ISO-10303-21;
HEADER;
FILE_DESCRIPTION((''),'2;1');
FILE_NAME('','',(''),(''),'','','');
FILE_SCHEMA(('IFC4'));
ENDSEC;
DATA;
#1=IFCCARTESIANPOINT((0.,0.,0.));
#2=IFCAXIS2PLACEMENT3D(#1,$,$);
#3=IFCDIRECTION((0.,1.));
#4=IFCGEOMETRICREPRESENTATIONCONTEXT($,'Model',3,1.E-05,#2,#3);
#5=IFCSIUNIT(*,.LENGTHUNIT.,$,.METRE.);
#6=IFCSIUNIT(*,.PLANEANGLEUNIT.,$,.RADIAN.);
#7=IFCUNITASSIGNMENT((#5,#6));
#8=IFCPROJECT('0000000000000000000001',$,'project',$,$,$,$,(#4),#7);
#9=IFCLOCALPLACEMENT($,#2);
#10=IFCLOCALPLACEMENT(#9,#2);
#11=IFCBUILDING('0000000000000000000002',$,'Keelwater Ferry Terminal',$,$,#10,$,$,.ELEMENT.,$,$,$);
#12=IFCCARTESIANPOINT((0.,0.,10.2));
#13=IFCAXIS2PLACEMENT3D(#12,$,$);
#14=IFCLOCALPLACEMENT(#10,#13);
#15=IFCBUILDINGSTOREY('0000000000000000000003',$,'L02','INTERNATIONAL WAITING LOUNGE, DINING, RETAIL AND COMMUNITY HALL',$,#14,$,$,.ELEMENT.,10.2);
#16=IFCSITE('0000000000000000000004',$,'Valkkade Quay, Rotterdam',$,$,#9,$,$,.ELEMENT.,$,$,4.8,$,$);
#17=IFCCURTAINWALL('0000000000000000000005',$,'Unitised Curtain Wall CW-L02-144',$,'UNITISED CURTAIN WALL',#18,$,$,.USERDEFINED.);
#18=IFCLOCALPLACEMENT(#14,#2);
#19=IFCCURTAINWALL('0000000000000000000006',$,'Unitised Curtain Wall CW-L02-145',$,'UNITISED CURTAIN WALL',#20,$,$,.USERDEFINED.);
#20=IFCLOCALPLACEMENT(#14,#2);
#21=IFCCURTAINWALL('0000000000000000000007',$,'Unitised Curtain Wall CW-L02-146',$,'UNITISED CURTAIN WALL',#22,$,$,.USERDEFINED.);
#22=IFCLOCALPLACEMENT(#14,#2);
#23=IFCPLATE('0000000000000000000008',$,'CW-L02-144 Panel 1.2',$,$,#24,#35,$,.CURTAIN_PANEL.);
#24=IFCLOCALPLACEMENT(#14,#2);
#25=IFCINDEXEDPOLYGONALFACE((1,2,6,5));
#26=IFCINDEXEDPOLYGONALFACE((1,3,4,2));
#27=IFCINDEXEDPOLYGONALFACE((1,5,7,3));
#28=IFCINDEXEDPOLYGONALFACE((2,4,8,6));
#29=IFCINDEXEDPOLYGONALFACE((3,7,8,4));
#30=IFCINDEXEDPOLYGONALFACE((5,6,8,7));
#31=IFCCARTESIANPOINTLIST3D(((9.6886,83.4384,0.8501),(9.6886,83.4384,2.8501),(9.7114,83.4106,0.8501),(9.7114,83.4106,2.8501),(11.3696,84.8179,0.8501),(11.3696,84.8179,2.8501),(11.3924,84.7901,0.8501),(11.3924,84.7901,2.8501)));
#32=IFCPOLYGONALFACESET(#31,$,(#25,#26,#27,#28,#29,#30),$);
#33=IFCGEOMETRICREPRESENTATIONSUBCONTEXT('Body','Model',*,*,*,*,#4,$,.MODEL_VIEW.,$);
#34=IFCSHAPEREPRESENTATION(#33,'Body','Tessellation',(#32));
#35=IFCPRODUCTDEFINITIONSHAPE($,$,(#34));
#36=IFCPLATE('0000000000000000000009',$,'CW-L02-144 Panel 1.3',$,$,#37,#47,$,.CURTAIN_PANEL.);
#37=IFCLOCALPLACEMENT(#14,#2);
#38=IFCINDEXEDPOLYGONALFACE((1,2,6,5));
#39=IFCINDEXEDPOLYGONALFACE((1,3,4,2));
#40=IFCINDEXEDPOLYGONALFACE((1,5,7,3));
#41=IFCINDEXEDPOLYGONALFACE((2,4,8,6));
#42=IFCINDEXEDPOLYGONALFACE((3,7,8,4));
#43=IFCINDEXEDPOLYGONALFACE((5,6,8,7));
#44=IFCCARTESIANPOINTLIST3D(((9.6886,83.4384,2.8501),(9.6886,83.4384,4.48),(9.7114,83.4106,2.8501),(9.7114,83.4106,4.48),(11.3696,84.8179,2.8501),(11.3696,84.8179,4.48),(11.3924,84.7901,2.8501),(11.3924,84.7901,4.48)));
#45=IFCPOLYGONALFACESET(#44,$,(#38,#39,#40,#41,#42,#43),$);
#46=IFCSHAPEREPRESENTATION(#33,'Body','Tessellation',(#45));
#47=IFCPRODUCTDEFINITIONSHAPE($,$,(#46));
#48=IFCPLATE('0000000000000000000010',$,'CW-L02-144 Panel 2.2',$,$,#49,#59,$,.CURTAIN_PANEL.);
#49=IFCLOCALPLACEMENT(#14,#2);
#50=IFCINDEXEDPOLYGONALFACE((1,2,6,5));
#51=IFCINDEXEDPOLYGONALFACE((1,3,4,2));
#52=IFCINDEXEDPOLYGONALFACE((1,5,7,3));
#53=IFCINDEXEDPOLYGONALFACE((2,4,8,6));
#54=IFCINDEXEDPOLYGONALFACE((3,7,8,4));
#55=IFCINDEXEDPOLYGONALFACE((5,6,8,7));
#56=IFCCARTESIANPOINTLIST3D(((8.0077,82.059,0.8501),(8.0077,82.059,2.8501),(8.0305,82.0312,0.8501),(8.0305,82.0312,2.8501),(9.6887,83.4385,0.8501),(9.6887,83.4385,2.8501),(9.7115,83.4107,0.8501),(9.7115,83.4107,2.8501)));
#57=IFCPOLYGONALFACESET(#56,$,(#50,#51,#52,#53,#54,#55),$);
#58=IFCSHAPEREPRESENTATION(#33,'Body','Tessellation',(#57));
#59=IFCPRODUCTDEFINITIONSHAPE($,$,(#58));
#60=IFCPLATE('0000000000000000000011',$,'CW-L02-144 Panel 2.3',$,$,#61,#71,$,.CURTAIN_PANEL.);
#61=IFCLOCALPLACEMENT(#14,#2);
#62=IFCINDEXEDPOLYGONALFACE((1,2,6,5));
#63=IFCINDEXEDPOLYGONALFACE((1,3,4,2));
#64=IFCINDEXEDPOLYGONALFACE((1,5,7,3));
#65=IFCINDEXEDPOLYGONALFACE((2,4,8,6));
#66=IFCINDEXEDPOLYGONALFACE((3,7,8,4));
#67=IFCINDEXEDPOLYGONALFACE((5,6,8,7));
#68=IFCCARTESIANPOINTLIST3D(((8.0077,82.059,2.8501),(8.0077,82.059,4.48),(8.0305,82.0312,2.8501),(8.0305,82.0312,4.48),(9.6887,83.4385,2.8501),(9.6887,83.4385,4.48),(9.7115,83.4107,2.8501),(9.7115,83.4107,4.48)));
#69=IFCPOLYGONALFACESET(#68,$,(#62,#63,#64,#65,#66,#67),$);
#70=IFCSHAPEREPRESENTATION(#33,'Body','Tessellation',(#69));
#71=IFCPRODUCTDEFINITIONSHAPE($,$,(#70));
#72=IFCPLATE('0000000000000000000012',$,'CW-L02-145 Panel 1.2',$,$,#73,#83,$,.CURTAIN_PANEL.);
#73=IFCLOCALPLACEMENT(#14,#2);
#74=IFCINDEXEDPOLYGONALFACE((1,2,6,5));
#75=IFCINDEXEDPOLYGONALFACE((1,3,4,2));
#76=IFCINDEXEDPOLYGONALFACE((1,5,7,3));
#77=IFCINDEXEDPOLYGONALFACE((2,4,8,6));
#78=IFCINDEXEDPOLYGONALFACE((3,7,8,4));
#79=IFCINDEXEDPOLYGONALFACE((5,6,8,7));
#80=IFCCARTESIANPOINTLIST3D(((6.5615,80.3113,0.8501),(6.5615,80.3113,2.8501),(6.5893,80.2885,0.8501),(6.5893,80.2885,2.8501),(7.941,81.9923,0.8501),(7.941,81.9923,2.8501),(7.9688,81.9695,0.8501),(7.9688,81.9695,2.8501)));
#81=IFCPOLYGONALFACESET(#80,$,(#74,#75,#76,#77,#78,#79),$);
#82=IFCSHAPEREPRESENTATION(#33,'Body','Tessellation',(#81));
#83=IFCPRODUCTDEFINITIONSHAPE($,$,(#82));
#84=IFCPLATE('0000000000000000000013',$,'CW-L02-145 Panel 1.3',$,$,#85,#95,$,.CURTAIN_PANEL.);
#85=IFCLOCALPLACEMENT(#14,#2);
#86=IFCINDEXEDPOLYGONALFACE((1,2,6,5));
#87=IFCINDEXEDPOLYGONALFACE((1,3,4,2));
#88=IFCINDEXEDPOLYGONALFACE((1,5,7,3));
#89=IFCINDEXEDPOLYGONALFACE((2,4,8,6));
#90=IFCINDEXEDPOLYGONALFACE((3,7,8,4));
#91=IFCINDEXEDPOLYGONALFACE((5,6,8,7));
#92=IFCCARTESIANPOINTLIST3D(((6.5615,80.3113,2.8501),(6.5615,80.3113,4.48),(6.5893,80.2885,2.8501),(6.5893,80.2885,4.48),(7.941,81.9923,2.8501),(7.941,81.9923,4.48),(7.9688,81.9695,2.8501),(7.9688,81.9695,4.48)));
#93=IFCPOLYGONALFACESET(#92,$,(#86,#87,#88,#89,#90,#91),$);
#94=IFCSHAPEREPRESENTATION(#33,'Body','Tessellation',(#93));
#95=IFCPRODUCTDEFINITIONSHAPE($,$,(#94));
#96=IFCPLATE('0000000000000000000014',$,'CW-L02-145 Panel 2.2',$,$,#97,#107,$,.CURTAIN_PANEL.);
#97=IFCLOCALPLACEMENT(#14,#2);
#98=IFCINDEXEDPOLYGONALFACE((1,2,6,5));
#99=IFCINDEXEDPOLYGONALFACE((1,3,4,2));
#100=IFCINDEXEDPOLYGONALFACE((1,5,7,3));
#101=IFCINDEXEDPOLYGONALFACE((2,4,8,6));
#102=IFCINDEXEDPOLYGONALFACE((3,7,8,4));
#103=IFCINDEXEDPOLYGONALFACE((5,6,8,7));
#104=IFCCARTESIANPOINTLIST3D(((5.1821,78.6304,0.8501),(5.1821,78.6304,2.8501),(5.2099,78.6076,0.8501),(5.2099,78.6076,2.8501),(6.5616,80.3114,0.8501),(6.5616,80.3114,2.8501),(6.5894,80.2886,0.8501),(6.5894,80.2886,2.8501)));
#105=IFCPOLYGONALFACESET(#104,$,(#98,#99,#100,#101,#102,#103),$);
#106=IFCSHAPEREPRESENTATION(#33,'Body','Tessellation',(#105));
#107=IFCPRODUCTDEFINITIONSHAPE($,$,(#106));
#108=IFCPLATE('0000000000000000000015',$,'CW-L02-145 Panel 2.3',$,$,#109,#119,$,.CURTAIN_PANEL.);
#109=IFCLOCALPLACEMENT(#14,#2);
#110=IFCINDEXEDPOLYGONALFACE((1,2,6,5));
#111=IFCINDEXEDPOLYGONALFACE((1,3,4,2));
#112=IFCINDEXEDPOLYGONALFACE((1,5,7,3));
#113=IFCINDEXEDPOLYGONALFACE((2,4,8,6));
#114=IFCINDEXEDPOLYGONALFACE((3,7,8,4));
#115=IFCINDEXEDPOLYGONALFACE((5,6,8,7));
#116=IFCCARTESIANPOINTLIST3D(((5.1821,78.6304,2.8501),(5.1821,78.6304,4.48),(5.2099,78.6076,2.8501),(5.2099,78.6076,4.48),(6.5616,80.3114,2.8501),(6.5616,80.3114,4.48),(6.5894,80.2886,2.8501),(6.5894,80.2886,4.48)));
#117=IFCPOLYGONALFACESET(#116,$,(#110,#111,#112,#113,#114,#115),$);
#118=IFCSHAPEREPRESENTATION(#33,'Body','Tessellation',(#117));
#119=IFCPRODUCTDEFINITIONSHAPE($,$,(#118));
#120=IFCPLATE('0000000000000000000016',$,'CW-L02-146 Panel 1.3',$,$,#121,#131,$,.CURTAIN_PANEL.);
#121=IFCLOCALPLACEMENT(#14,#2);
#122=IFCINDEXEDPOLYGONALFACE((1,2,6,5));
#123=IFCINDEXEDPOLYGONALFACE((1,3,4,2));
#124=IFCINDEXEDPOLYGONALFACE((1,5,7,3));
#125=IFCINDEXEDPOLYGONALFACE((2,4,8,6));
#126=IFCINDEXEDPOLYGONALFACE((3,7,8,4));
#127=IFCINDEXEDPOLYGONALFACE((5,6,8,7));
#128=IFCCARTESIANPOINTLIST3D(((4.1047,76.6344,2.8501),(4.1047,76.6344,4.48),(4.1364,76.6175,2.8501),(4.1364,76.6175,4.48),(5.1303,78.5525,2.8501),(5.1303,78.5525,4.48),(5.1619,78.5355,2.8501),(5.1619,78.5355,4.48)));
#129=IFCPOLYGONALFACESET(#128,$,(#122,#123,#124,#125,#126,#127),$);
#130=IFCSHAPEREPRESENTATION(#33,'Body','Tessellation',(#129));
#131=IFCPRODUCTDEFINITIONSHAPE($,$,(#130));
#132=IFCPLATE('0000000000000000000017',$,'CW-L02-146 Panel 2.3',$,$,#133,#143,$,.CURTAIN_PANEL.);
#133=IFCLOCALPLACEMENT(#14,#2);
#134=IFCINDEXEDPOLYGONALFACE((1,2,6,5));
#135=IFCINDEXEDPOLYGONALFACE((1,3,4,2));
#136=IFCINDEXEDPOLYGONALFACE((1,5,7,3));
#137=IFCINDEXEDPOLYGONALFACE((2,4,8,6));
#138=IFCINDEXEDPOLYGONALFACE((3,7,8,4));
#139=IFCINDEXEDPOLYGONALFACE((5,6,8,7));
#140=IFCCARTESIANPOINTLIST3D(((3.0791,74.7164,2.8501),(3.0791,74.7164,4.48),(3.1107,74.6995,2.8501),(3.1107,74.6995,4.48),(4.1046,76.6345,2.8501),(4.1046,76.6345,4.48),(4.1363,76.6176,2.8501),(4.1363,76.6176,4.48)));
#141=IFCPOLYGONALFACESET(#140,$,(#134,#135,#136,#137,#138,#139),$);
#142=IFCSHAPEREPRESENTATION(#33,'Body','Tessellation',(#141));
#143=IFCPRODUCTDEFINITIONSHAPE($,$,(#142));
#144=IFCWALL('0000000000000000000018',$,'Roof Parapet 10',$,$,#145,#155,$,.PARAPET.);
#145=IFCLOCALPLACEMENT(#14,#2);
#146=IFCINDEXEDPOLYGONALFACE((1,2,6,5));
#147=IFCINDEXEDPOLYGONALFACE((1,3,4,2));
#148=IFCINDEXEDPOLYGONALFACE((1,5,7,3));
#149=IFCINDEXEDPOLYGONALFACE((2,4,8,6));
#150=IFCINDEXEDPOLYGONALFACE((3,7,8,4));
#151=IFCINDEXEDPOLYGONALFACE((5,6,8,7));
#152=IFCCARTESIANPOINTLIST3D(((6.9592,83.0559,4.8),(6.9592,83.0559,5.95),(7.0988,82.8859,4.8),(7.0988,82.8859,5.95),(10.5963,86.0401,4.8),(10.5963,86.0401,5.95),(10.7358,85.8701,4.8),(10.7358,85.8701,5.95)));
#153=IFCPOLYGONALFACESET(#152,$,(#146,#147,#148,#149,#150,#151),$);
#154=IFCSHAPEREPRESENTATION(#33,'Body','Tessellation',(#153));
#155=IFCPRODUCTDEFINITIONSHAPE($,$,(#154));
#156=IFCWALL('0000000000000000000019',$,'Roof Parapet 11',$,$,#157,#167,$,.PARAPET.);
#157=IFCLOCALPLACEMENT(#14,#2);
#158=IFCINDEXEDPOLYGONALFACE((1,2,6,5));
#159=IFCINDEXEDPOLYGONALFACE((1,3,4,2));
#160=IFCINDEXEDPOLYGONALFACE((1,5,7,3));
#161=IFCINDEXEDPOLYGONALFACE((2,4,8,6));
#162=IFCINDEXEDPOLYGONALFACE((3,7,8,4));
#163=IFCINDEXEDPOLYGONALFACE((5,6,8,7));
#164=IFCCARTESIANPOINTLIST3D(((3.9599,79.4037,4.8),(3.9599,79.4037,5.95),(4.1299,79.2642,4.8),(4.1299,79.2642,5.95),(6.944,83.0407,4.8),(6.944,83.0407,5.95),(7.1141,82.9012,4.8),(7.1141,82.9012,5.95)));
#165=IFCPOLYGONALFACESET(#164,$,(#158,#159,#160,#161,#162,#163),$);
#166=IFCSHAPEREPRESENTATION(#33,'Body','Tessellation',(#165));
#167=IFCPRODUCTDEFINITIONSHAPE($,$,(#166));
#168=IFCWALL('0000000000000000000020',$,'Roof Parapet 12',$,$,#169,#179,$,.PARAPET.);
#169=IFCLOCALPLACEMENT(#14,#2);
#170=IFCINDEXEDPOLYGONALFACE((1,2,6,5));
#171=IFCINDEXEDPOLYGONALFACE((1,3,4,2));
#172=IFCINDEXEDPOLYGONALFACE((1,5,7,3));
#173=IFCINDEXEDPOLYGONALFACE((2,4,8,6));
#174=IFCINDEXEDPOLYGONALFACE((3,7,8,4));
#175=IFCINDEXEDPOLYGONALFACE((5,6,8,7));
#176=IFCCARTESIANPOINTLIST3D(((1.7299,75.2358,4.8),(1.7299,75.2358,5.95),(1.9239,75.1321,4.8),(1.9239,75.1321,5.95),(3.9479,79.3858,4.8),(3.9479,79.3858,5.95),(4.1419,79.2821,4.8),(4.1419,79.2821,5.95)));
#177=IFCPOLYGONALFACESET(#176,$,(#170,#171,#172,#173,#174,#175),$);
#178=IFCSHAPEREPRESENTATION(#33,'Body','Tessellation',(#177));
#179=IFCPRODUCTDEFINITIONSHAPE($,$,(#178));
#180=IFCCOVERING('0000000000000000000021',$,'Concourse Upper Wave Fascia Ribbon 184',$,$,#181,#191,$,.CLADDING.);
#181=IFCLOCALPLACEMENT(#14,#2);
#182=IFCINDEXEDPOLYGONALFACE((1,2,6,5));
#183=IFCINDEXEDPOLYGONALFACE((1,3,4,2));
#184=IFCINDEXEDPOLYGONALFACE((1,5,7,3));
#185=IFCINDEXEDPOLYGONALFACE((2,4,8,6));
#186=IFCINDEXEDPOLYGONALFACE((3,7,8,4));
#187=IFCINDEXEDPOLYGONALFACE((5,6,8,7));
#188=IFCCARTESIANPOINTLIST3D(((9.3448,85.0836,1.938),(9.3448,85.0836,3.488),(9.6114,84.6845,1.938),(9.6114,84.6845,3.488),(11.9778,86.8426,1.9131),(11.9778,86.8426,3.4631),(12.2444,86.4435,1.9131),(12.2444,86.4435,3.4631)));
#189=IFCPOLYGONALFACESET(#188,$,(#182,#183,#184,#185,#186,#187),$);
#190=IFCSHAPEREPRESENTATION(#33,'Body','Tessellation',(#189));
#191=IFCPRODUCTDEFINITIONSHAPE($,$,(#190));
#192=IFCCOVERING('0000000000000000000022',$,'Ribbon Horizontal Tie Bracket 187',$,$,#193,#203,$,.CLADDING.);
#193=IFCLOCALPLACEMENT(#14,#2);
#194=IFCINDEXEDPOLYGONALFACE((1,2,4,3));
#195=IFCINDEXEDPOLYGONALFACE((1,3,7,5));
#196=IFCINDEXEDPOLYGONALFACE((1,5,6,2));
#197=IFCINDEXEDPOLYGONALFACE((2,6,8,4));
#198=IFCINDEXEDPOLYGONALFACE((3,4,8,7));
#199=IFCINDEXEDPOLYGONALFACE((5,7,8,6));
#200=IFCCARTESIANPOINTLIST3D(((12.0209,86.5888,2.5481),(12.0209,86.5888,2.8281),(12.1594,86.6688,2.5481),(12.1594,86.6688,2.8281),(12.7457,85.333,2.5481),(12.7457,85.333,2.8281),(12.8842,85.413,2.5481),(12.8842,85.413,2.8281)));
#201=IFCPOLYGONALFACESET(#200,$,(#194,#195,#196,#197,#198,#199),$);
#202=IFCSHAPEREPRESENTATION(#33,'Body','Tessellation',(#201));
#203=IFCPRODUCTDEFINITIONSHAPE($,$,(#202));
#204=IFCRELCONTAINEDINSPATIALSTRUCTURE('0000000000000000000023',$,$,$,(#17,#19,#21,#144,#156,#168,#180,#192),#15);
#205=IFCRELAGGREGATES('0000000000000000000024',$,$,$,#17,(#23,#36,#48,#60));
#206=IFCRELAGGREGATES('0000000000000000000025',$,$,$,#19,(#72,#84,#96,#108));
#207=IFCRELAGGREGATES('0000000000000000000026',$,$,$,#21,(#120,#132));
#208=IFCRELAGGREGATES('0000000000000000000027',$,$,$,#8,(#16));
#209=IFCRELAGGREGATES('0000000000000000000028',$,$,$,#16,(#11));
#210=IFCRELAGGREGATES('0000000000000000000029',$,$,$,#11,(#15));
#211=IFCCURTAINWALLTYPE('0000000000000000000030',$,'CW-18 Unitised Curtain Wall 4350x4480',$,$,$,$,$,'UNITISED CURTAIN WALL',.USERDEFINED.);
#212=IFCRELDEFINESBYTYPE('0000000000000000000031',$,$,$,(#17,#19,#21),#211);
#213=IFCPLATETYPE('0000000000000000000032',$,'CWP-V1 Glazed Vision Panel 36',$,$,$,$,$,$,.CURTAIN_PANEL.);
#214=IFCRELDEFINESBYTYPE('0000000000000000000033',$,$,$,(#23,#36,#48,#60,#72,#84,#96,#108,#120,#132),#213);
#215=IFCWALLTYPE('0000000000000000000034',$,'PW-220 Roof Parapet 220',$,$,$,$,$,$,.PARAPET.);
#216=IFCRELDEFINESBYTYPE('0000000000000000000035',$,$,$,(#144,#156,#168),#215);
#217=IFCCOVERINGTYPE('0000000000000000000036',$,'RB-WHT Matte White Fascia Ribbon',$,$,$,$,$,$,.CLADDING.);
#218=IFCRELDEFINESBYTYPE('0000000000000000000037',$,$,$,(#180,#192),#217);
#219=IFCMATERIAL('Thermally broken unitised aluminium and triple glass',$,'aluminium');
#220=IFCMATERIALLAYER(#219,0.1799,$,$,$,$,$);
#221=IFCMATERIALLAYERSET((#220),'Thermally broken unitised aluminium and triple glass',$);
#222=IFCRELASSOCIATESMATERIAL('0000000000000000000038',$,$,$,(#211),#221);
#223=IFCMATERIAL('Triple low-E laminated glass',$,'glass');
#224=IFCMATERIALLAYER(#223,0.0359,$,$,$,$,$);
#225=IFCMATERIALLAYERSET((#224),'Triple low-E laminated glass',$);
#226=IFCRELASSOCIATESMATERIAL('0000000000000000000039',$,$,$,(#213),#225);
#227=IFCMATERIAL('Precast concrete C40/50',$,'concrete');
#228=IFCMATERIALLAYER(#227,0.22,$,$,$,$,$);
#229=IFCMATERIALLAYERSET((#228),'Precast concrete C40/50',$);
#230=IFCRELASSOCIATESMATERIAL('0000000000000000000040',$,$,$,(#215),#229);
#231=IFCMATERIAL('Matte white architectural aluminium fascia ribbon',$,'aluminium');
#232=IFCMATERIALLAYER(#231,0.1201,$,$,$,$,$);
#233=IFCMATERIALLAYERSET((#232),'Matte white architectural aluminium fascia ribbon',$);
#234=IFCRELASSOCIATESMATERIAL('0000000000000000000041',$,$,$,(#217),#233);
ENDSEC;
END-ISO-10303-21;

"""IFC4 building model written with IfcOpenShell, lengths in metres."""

from ifc_helpers import new_model, si_unit, direction, frame, frame_2d, origin, origin_2d, place, context, subcontext, project, spatial, polyline, rectangle, outline, extrude, material, layer, layer_set, type_object, element, aggregate, save


model = new_model("IFC4")

# Units and contexts
model_context = context("Model", 3, precision=1e-05, world=origin(), true_north=direction((0.0, 1.0)))
body_context = subcontext(model_context, "Body", "Model", "MODEL_VIEW")
ifc_project = project(units=[si_unit("LENGTHUNIT", "METRE"), si_unit("PLANEANGLEUNIT", "RADIAN")], contexts=[model_context])

# Site, building, storey
site_placement = place(None, origin())
site = spatial("IfcSite", under=ifc_project, at=site_placement, Name="Valkkade Quay, Rotterdam", CompositionType="ELEMENT", RefElevation=4.8)
building_placement = place(site_placement, origin())
building = spatial("IfcBuilding", under=site, at=building_placement, Name="Keelwater Ferry Terminal", CompositionType="ELEMENT")
storey_placement = place(building_placement, frame((0.0, 0.0, 10.2)))
storey = spatial("IfcBuildingStorey", under=building, at=storey_placement, Name="L02", Description="INTERNATIONAL WAITING LOUNGE, DINING, RETAIL AND COMMUNITY HALL", CompositionType="ELEMENT", Elevation=10.2)

# Curtain walls
ifc_material_1 = material(Name="Thermally broken unitised aluminium and triple glass", Category="aluminium")
ifc_layer_1 = layer(ifc_material_1, 0.1799)
ifc_layer_set_1 = layer_set([ifc_layer_1], Name="Thermally broken unitised aluminium and triple glass")
curtain_wall_type = type_object("IfcCurtainWallType", Name="CW-18 Unitised Curtain Wall 4350x4480", ElementType="UNITISED CURTAIN WALL", PredefinedType="USERDEFINED", material=ifc_layer_set_1)
curtain_wall_1_placement = place(storey_placement, origin())
curtain_wall_1 = element("IfcCurtainWall", 1, at=curtain_wall_1_placement, inside=storey, type_object=curtain_wall_type, Name="Unitised Curtain Wall CW-L02-144", ObjectType="UNITISED CURTAIN WALL", PredefinedType="USERDEFINED")
curtain_wall_2_placement = place(storey_placement, origin())
curtain_wall_2 = element("IfcCurtainWall", 2, at=curtain_wall_2_placement, inside=storey, type_object=curtain_wall_type, Name="Unitised Curtain Wall CW-L02-145", ObjectType="UNITISED CURTAIN WALL", PredefinedType="USERDEFINED")
curtain_wall_3_placement = place(storey_placement, origin())
curtain_wall_3 = element("IfcCurtainWall", 3, at=curtain_wall_3_placement, inside=storey, type_object=curtain_wall_type, Name="Unitised Curtain Wall CW-L02-146", ObjectType="UNITISED CURTAIN WALL", PredefinedType="USERDEFINED")

# Shared definitions
ifc_material_2 = material(Name="Triple low-E laminated glass", Category="glass")
ifc_layer_2 = layer(ifc_material_2, 0.0359)
ifc_layer_set_2 = layer_set([ifc_layer_2], Name="Triple low-E laminated glass")
plate_type = type_object("IfcPlateType", Name="CWP-V1 Glazed Vision Panel 36", PredefinedType="CURTAIN_PANEL", material=ifc_layer_set_2)

# Plates
plate_1_placement = place(storey_placement, frame((10.5405, 84.1143, 0.8501), z_axis=(0.0, 0.0, 1.0), x_axis=(-0.773024, -0.634377, 0.0)))
plate_1 = element("IfcPlate", 4, at=plate_1_placement, type_object=plate_type, Name="CW-L02-144 Panel 1.2", PredefinedType="CURTAIN_PANEL", context=body_context, shape_type="SweptSolid", body=[
    extrude(rectangle(XDim=2.1746, YDim=0.0359, at=origin_2d()), origin(), (0.0, 0.0, 1.0), 2.0),
])
plate_2_placement = place(storey_placement, frame((10.5405, 84.1143, 2.8501), z_axis=(0.0, 0.0, 1.0), x_axis=(-0.773024, -0.634377, 0.0)))
plate_2 = element("IfcPlate", 5, at=plate_2_placement, type_object=plate_type, Name="CW-L02-144 Panel 1.3", PredefinedType="CURTAIN_PANEL", context=body_context, shape_type="SweptSolid", body=[
    extrude(rectangle(XDim=2.1746, YDim=0.0359, at=origin_2d()), origin(), (0.0, 0.0, 1.0), 1.6299),
])
plate_3_placement = place(storey_placement, frame((8.8596, 82.7349, 0.8501), z_axis=(0.0, 0.0, 1.0), x_axis=(-0.773024, -0.634377, 0.0)))
plate_3 = element("IfcPlate", 6, at=plate_3_placement, type_object=plate_type, Name="CW-L02-144 Panel 2.2", PredefinedType="CURTAIN_PANEL", context=body_context, shape_type="SweptSolid", body=[
    extrude(rectangle(XDim=2.1746, YDim=0.0359, at=origin_2d()), origin(), (0.0, 0.0, 1.0), 2.0),
])
plate_4_placement = place(storey_placement, frame((8.8596, 82.7349, 2.8501), z_axis=(0.0, 0.0, 1.0), x_axis=(-0.773024, -0.634377, 0.0)))
plate_4 = element("IfcPlate", 7, at=plate_4_placement, type_object=plate_type, Name="CW-L02-144 Panel 2.3", PredefinedType="CURTAIN_PANEL", context=body_context, shape_type="SweptSolid", body=[
    extrude(rectangle(XDim=2.1746, YDim=0.0359, at=origin_2d()), origin(), (0.0, 0.0, 1.0), 1.6299),
])
aggregate(curtain_wall_1, [plate_1, plate_2, plate_3, plate_4])
plate_5_placement = place(storey_placement, frame((7.2651, 81.1404, 0.8501), z_axis=(0.0, 0.0, 1.0), x_axis=(-0.634377, -0.773024, 0.0)))
plate_5 = element("IfcPlate", 8, at=plate_5_placement, type_object=plate_type, Name="CW-L02-145 Panel 1.2", PredefinedType="CURTAIN_PANEL", context=body_context, shape_type="SweptSolid", body=[
    extrude(rectangle(XDim=2.1746, YDim=0.0359, at=origin_2d()), origin(), (0.0, 0.0, 1.0), 2.0),
])
plate_6_placement = place(storey_placement, frame((7.2651, 81.1404, 2.8501), z_axis=(0.0, 0.0, 1.0), x_axis=(-0.634377, -0.773024, 0.0)))
plate_6 = element("IfcPlate", 9, at=plate_6_placement, type_object=plate_type, Name="CW-L02-145 Panel 1.3", PredefinedType="CURTAIN_PANEL", context=body_context, shape_type="SweptSolid", body=[
    extrude(rectangle(XDim=2.1746, YDim=0.0359, at=origin_2d()), origin(), (0.0, 0.0, 1.0), 1.6299),
])
plate_7_placement = place(storey_placement, frame((5.8857, 79.4595, 0.8501), z_axis=(0.0, 0.0, 1.0), x_axis=(-0.634377, -0.773024, 0.0)))
plate_7 = element("IfcPlate", 10, at=plate_7_placement, type_object=plate_type, Name="CW-L02-145 Panel 2.2", PredefinedType="CURTAIN_PANEL", context=body_context, shape_type="SweptSolid", body=[
    extrude(rectangle(XDim=2.1746, YDim=0.0359, at=origin_2d()), origin(), (0.0, 0.0, 1.0), 2.0),
])
plate_8_placement = place(storey_placement, frame((5.8857, 79.4595, 2.8501), z_axis=(0.0, 0.0, 1.0), x_axis=(-0.634377, -0.773024, 0.0)))
plate_8 = element("IfcPlate", 11, at=plate_8_placement, type_object=plate_type, Name="CW-L02-145 Panel 2.3", PredefinedType="CURTAIN_PANEL", context=body_context, shape_type="SweptSolid", body=[
    extrude(rectangle(XDim=2.1746, YDim=0.0359, at=origin_2d()), origin(), (0.0, 0.0, 1.0), 1.6299),
])
aggregate(curtain_wall_2, [plate_5, plate_6, plate_7, plate_8])
plate_9_placement = place(storey_placement, frame((4.6333, 77.585, 2.8501), z_axis=(0.0, 0.0, 1.0), x_axis=(-0.471507, -0.881862, 0.0)))
plate_9 = element("IfcPlate", 12, at=plate_9_placement, type_object=plate_type, Name="CW-L02-146 Panel 1.3", PredefinedType="CURTAIN_PANEL", context=body_context, shape_type="SweptSolid", body=[
    extrude(rectangle(XDim=2.175, YDim=0.0359, at=origin_2d()), origin(), (0.0, 0.0, 1.0), 1.6299),
])
plate_10_placement = place(storey_placement, frame((3.6077, 75.667, 2.8501), z_axis=(0.0, 0.0, 1.0), x_axis=(-0.471507, -0.881862, 0.0)))
plate_10 = element("IfcPlate", 13, at=plate_10_placement, type_object=plate_type, Name="CW-L02-146 Panel 2.3", PredefinedType="CURTAIN_PANEL", context=body_context, shape_type="SweptSolid", body=[
    extrude(rectangle(XDim=2.175, YDim=0.0359, at=origin_2d()), origin(), (0.0, 0.0, 1.0), 1.6299),
])
aggregate(curtain_wall_3, [plate_9, plate_10])

# Walls
ifc_material_3 = material(Name="Precast concrete C40/50", Category="concrete")
ifc_layer_3 = layer(ifc_material_3, 0.22)
ifc_layer_set_3 = layer_set([ifc_layer_3], Name="Precast concrete C40/50")
wall_type = type_object("IfcWallType", Name="PW-220 Roof Parapet 220", PredefinedType="PARAPET", material=ifc_layer_set_3)
for number, where, z_axis, x_axis, name in (
    (14, (10.666, 85.9551, 4.8), (0.0, 0.0, 1.0), (-0.773078, -0.634311, 0.0), "Roof Parapet 10"),
    (15, (7.0291, 82.9709, 4.8), (0.0, 0.0, 1.0), (-0.634311, -0.773078, 0.0), "Roof Parapet 11"),
):
    element("IfcWall", number, at=place(storey_placement, frame(where, z_axis=z_axis, x_axis=x_axis)), inside=storey, type_object=wall_type, Name=name, PredefinedType="PARAPET", context=body_context, shape_type="SweptSolid", body=[
        extrude(rectangle(XDim=4.7046, YDim=0.22, at=frame_2d((2.3523, 0.0))), origin(), (0.0, 0.0, 1.0), 1.1499),
    ])
wall_placement = place(storey_placement, frame((4.0449, 79.334, 4.8), z_axis=(0.0, 0.0, 1.0), x_axis=(-0.471372, -0.881935, 0.0)))
element("IfcWall", 16, at=wall_placement, inside=storey, type_object=wall_type, Name="Roof Parapet 12", PredefinedType="PARAPET", context=body_context, shape_type="SweptSolid", body=[
    extrude(rectangle(XDim=4.7056, YDim=0.22, at=frame_2d((2.3528, 0.0))), origin(), (0.0, 0.0, 1.0), 1.1499),
])

# Coverings
ifc_material_4 = material(Name="Matte white architectural aluminium fascia ribbon", Category="aluminium")
ifc_layer_4 = layer(ifc_material_4, 0.1201)
ifc_layer_set_4 = layer_set([ifc_layer_4], Name="Matte white architectural aluminium fascia ribbon")
covering_type = type_object("IfcCoveringType", Name="RB-WHT Matte White Fascia Ribbon", PredefinedType="CLADDING", material=ifc_layer_set_4)
covering_1_placement = place(storey_placement, frame((12.1111, 86.6431, 1.9131), z_axis=(0.0, 0.0, 1.0), x_axis=(-0.831516, -0.555501, 0.0)))
element("IfcCovering", 17, at=covering_1_placement, inside=storey, type_object=covering_type, Name="Concourse Upper Wave Fascia Ribbon 184", PredefinedType="CLADDING", context=body_context, shape_type="SweptSolid", body=[
    extrude(outline(polyline([(0.0, 0.0), (3.1665, 0.0249), (3.1665, 1.575), (0.0, 1.55), (0.0, 0.0)])), frame((0.0, 0.24, 0.0), z_axis=(0.0, -1.0, 0.0), x_axis=(1.0, 0.0, 0.0)), (0.0, 0.0, 1.0), 0.48),
])
covering_2_placement = place(storey_placement, frame((12.0901, 86.6289, 2.5481), z_axis=(0.0, 0.0, 1.0), x_axis=(0.499888, -0.86609, 0.0)))
element("IfcCovering", 18, at=covering_2_placement, inside=storey, type_object=covering_type, Name="Ribbon Horizontal Tie Bracket 187", PredefinedType="CLADDING", context=body_context, shape_type="SweptSolid", body=[
    extrude(rectangle(XDim=1.45, YDim=0.1599, at=frame_2d((0.7251, 0.0))), origin(), (0.0, 0.0, 1.0), 0.28),
])

save(model, "model.ifc")
